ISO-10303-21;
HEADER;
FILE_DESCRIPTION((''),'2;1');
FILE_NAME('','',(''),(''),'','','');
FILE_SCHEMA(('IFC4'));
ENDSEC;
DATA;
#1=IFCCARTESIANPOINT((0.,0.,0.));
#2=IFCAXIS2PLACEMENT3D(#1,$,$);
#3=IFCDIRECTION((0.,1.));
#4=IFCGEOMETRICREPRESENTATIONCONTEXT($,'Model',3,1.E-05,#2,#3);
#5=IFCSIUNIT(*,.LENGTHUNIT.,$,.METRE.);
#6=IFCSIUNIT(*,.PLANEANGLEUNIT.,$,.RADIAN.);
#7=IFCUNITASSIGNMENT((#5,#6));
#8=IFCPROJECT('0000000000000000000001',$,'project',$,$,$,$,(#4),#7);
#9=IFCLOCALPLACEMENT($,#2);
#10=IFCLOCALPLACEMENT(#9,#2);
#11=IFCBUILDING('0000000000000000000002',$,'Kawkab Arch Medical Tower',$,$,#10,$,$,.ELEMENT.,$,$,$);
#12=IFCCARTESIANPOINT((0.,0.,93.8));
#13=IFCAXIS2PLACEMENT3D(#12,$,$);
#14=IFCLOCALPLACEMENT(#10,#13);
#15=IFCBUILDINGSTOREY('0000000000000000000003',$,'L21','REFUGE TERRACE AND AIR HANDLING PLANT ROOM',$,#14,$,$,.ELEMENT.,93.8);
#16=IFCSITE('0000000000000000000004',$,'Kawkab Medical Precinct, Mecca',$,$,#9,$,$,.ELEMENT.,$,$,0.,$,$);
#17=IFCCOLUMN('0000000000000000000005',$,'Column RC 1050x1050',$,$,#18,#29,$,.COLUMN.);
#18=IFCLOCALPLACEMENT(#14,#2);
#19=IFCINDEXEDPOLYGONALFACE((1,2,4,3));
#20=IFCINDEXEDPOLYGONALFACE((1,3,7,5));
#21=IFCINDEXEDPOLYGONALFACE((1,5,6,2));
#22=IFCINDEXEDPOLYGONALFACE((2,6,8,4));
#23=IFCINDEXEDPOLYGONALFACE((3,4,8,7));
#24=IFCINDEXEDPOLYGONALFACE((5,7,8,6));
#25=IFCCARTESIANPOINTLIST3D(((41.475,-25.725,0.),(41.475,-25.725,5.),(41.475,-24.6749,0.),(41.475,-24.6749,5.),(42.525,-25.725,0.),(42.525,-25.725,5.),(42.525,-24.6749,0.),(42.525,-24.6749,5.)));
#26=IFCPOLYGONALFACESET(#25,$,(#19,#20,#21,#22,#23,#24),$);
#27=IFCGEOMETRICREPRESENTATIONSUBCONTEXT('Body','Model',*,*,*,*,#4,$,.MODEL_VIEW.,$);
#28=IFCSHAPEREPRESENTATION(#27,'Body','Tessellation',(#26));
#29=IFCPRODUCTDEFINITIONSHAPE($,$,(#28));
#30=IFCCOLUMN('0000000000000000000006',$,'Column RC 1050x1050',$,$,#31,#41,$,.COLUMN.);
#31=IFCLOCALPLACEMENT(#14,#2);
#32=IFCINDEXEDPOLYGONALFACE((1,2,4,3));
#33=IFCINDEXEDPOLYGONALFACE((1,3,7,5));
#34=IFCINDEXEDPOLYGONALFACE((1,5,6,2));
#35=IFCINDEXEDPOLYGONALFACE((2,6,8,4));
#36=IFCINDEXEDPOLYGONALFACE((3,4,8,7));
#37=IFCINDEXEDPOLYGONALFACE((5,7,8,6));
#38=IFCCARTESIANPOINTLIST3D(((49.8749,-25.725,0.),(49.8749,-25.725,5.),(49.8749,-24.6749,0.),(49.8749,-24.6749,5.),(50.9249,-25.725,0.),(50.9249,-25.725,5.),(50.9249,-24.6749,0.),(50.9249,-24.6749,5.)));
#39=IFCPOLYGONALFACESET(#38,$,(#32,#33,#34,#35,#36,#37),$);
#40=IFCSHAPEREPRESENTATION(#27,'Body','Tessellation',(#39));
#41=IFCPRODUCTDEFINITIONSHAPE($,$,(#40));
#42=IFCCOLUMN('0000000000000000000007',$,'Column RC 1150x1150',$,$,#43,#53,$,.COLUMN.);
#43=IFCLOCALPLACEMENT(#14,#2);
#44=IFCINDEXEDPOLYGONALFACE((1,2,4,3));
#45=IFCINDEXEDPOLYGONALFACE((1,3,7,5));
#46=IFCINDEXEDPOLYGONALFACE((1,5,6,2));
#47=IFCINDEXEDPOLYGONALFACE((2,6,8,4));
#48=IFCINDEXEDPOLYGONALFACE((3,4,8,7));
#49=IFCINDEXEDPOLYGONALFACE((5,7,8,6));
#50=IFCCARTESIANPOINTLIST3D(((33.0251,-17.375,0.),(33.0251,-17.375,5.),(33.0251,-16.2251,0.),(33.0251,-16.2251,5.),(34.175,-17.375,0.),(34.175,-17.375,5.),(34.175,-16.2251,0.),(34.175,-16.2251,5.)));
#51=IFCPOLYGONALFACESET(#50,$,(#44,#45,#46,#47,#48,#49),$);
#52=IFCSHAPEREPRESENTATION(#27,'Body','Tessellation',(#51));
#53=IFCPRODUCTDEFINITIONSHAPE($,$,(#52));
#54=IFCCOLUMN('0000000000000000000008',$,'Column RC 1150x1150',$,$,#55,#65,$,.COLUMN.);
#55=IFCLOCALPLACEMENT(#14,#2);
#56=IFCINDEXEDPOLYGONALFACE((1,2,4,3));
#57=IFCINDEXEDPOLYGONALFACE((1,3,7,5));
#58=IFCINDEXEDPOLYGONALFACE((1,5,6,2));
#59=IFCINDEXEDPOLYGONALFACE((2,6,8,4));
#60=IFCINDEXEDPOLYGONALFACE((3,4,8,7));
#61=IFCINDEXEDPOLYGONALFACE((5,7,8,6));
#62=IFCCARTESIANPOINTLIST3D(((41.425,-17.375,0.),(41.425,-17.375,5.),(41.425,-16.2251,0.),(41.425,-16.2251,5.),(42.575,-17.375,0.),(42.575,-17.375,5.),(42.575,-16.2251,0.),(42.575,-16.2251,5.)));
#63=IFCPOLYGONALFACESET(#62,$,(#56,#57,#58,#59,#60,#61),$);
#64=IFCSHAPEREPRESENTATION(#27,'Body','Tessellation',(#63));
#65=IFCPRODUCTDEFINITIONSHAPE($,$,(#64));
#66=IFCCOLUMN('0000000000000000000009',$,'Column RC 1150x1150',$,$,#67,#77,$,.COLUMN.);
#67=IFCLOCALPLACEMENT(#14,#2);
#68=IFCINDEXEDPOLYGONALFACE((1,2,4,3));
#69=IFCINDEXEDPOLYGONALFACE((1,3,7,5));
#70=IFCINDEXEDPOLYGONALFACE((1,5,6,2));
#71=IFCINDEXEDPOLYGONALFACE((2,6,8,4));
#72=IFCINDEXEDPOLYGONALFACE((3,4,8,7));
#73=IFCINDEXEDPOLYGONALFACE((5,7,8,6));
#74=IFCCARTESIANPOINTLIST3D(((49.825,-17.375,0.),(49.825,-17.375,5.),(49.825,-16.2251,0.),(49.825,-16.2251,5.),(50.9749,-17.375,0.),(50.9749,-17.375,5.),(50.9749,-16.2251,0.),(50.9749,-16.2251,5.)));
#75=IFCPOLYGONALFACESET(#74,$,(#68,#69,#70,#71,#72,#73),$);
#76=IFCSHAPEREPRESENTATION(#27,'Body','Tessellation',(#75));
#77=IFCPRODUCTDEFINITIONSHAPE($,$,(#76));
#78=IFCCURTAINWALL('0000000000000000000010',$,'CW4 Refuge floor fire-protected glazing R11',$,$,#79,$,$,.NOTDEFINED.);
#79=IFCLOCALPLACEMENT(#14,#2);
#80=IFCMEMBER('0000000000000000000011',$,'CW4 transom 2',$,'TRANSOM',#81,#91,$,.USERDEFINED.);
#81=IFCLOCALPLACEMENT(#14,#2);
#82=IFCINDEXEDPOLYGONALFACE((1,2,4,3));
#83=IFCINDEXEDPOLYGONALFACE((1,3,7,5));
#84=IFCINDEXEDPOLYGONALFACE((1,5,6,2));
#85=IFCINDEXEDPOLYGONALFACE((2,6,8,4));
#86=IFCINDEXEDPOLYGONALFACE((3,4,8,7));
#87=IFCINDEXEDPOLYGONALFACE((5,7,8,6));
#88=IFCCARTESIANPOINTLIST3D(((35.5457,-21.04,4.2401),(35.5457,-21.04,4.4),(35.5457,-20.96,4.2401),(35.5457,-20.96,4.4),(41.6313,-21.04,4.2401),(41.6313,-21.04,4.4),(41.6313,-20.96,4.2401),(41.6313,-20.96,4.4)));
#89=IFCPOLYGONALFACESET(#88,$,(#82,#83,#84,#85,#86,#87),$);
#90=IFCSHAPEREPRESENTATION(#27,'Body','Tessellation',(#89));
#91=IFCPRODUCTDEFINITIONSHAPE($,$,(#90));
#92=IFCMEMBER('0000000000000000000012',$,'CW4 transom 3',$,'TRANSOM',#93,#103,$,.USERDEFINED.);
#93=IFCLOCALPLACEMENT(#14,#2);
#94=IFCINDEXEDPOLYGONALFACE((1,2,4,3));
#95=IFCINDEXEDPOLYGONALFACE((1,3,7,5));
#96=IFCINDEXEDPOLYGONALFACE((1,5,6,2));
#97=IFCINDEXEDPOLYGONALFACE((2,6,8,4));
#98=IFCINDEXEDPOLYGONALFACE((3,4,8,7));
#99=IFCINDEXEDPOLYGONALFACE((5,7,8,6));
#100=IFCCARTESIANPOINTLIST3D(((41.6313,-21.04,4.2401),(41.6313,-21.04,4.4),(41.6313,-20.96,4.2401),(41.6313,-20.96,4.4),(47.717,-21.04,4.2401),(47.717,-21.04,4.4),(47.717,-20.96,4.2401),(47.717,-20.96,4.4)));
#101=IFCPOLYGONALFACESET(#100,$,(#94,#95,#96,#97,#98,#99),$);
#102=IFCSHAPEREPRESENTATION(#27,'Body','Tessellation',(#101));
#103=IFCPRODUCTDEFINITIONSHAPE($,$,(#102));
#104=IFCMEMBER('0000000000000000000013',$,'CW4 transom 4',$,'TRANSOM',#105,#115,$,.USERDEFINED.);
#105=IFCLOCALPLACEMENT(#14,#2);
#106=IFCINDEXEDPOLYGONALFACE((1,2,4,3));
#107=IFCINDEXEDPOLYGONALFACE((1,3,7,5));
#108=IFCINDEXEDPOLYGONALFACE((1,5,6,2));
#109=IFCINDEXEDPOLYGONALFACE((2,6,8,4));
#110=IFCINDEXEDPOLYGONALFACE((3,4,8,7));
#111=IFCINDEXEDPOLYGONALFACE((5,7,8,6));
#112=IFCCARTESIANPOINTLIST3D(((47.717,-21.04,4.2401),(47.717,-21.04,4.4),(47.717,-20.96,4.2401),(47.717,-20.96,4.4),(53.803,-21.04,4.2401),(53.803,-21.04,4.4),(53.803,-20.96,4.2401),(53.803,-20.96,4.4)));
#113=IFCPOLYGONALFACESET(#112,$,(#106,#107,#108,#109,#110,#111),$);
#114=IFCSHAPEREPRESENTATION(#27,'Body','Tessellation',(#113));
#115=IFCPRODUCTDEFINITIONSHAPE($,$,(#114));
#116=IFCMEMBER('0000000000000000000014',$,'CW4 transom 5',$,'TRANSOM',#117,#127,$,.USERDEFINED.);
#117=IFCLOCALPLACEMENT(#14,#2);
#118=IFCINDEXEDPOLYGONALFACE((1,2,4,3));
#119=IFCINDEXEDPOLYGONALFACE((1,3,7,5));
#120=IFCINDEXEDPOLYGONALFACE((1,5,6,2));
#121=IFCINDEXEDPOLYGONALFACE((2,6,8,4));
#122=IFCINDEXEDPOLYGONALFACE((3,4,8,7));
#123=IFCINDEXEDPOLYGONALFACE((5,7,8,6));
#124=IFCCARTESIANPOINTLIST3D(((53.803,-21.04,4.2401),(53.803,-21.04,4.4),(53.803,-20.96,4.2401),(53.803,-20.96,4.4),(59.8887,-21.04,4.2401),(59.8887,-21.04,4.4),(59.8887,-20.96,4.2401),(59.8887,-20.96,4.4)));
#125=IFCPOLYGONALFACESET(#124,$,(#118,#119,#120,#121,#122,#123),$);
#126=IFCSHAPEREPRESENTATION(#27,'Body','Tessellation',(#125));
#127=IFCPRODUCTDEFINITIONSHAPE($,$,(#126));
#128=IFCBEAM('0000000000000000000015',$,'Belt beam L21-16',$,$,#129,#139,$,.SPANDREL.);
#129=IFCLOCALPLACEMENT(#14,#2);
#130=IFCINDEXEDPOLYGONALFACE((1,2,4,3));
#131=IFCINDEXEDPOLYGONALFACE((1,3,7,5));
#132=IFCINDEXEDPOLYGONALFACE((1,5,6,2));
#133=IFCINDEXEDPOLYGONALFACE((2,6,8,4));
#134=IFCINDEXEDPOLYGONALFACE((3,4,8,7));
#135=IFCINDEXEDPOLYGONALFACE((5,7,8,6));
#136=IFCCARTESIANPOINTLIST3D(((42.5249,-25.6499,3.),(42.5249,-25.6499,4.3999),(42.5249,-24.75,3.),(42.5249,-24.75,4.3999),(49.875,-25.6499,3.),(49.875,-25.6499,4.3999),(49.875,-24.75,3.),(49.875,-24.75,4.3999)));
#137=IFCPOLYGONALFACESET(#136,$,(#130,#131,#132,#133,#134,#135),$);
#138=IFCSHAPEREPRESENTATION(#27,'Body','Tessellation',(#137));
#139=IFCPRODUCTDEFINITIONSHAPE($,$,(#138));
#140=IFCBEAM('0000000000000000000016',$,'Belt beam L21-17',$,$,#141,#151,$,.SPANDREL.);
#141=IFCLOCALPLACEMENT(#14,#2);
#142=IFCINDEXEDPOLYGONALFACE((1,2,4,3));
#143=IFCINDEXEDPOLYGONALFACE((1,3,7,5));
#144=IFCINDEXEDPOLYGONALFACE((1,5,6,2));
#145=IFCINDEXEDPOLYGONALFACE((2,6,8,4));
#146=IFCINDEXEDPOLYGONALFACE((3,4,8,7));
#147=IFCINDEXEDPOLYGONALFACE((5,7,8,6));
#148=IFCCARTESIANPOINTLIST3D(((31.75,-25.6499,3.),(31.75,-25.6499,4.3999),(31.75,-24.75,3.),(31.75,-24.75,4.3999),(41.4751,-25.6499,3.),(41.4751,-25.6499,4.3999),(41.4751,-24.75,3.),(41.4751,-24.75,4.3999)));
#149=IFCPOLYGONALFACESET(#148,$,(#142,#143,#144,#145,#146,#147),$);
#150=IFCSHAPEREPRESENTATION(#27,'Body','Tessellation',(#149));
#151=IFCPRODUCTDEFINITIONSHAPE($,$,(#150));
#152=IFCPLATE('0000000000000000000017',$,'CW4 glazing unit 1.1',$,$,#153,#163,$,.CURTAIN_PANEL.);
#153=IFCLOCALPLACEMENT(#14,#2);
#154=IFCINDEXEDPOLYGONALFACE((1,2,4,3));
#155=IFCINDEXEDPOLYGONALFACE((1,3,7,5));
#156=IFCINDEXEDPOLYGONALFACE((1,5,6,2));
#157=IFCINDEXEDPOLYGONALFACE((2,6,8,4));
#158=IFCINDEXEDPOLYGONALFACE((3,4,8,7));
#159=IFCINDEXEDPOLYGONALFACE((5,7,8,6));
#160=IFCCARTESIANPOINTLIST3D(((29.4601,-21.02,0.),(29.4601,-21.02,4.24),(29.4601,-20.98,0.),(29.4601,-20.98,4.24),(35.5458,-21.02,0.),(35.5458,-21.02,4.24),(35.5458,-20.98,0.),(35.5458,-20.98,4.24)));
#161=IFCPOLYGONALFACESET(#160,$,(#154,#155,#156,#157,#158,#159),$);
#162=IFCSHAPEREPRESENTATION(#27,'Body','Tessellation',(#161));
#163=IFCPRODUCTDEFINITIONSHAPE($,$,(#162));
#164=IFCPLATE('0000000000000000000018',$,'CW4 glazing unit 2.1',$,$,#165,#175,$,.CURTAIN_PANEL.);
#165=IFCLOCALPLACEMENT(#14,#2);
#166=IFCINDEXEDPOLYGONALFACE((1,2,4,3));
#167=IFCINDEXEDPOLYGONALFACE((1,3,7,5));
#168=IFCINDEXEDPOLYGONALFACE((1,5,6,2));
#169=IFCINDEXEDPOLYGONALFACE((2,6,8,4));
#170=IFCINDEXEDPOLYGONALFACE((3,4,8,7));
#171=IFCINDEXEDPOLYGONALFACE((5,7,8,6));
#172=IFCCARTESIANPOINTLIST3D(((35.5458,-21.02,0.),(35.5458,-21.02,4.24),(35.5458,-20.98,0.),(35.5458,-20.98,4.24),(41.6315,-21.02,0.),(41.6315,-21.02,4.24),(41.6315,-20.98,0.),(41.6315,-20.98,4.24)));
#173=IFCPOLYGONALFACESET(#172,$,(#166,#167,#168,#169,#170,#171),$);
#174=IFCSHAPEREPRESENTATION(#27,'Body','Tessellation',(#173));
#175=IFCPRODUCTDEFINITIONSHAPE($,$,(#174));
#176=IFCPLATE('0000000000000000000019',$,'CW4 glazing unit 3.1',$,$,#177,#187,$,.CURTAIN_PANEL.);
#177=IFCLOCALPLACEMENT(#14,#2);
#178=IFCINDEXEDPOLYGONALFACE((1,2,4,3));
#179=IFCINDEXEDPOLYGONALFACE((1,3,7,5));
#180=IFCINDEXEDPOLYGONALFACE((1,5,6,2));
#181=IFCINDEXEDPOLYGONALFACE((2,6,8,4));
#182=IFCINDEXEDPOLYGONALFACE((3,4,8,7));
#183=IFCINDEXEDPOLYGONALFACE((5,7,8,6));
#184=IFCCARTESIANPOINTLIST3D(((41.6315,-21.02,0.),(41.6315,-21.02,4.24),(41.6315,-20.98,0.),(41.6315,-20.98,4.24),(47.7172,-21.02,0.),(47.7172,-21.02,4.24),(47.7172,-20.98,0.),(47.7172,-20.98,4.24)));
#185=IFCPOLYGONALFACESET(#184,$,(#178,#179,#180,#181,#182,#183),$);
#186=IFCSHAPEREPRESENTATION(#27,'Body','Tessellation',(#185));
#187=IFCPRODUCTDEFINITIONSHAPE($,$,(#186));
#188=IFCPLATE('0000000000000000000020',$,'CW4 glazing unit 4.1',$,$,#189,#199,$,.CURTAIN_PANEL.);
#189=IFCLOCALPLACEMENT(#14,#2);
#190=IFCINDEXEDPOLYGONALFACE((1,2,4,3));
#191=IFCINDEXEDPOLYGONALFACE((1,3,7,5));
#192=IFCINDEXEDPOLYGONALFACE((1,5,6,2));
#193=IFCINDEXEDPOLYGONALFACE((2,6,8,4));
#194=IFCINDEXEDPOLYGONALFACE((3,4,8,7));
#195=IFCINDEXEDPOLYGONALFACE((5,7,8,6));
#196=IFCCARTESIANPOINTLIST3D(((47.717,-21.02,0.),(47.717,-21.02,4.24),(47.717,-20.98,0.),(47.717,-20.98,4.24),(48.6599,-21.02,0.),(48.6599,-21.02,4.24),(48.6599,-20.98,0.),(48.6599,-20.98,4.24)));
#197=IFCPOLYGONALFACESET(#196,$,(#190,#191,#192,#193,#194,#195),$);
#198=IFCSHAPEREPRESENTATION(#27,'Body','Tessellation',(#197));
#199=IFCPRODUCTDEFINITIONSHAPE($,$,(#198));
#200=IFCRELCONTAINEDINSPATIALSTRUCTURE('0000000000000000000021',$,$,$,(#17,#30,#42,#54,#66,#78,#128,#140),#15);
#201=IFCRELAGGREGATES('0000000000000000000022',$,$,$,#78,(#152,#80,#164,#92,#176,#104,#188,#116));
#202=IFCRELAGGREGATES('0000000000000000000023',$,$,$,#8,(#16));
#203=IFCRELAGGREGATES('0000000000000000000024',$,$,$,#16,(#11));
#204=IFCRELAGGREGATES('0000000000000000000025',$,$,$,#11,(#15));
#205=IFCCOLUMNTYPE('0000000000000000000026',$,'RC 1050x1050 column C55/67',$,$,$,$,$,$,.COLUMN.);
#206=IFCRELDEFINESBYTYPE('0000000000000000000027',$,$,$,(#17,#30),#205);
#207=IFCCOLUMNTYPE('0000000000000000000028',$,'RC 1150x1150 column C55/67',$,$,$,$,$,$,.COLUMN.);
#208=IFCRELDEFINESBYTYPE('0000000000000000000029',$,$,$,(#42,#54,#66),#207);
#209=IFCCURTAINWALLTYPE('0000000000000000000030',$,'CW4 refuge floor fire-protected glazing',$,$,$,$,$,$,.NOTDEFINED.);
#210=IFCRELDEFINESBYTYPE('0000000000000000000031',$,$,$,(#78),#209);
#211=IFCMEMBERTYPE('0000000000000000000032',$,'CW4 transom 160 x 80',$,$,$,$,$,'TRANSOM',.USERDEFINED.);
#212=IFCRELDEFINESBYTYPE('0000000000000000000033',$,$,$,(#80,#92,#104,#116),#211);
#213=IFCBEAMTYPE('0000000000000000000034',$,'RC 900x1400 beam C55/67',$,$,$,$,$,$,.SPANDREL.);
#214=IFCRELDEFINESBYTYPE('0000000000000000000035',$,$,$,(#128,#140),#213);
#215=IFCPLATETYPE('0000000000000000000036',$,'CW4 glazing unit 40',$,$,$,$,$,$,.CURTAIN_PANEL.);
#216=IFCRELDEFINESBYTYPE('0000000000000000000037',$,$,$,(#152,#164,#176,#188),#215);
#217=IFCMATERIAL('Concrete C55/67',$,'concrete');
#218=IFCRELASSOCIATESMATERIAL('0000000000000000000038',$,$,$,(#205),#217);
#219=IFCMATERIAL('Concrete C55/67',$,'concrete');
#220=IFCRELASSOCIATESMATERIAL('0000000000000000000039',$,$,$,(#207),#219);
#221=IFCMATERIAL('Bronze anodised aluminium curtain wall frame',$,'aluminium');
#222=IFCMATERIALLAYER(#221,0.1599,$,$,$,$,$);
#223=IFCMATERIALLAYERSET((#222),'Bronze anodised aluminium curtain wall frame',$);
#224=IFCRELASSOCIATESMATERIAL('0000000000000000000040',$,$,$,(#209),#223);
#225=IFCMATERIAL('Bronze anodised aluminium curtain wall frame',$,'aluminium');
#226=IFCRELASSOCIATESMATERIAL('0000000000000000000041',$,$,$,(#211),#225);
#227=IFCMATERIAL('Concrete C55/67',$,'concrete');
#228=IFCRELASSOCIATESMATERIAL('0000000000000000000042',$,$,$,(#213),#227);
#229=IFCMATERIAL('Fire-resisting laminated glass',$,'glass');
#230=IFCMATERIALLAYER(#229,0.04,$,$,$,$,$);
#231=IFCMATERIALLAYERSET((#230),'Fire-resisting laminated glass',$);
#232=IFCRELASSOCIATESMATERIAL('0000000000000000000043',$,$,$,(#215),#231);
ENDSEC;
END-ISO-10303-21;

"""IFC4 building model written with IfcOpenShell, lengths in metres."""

from ifc_helpers import new_model, si_unit, direction, frame, origin, origin_2d, place, context, subcontext, project, spatial, rectangle, extrude, material, layer, layer_set, material_profile, profile_set, type_object, element, aggregate, save


model = new_model("IFC4")

# Units and contexts
model_context = context("Model", 3, precision=1e-05, world=origin(), true_north=direction((0.0, 1.0)))
body_context = subcontext(model_context, "Body", "Model", "MODEL_VIEW")
ifc_project = project(units=[si_unit("LENGTHUNIT", "METRE"), si_unit("PLANEANGLEUNIT", "RADIAN")], contexts=[model_context])

# Site, building, storey
site_placement = place(None, origin())
site = spatial("IfcSite", under=ifc_project, at=site_placement, Name="Kawkab Medical Precinct, Mecca", CompositionType="ELEMENT", RefElevation=0.0)
building_placement = place(site_placement, origin())
building = spatial("IfcBuilding", under=site, at=building_placement, Name="Kawkab Arch Medical Tower", CompositionType="ELEMENT")
storey_placement = place(building_placement, frame((0.0, 0.0, 93.8)))
storey = spatial("IfcBuildingStorey", under=building, at=storey_placement, Name="L21", Description="REFUGE TERRACE AND AIR HANDLING PLANT ROOM", CompositionType="ELEMENT", Elevation=93.8)

# Columns
ifc_material_1 = material(Name="Concrete C55/67", Category="concrete")
ifc_material_profile_1 = material_profile(ifc_material_1, rectangle(XDim=1.05, YDim=1.05, at=origin_2d()), Name="RC 1050x1050")
ifc_profile_set_1 = profile_set([ifc_material_profile_1], Name="Concrete C55/67")
column_type_1 = type_object("IfcColumnType", Name="RC 1050x1050 column C55/67", PredefinedType="COLUMN", material=ifc_profile_set_1)
for number, where, z_axis, x_axis, name in (
    (1, (42.0, -25.2, 0.0), (0.0, 0.0, 1.0), (1.0, 0.0, 0.0), "Column RC 1050x1050"),
    (2, (50.3999, -25.2, 0.0), (0.0, 0.0, 1.0), (1.0, 0.0, 0.0), "Column RC 1050x1050"),
):
    element("IfcColumn", number, at=place(storey_placement, frame(where, z_axis=z_axis, x_axis=x_axis)), inside=storey, type_object=column_type_1, Name=name, PredefinedType="COLUMN", context=body_context, shape_type="SweptSolid", body=[
        extrude(rectangle(XDim=1.05, YDim=1.05, at=origin_2d()), origin(), (0.0, 0.0, 1.0), 5.0),
    ])
ifc_material_2 = material(Name="Concrete C55/67", Category="concrete")
ifc_material_profile_2 = material_profile(ifc_material_2, rectangle(XDim=1.1499, YDim=1.1499, at=origin_2d()), Name="RC 1150x1150")
ifc_profile_set_2 = profile_set([ifc_material_profile_2], Name="Concrete C55/67")
column_type_2 = type_object("IfcColumnType", Name="RC 1150x1150 column C55/67", PredefinedType="COLUMN", material=ifc_profile_set_2)
for number, where, z_axis, x_axis, name in (
    (3, (33.6001, -16.8, 0.0), (0.0, 0.0, 1.0), (1.0, 0.0, 0.0), "Column RC 1150x1150"),
    (4, (42.0, -16.8, 0.0), (0.0, 0.0, 1.0), (1.0, 0.0, 0.0), "Column RC 1150x1150"),
    (5, (50.3999, -16.8, 0.0), (0.0, 0.0, 1.0), (1.0, 0.0, 0.0), "Column RC 1150x1150"),
):
    element("IfcColumn", number, at=place(storey_placement, frame(where, z_axis=z_axis, x_axis=x_axis)), inside=storey, type_object=column_type_2, Name=name, PredefinedType="COLUMN", context=body_context, shape_type="SweptSolid", body=[
        extrude(rectangle(XDim=1.1499, YDim=1.1499, at=origin_2d()), origin(), (0.0, 0.0, 1.0), 5.0),
    ])

# Curtain wall, members
ifc_material_3 = material(Name="Bronze anodised aluminium curtain wall frame", Category="aluminium")
ifc_layer_1 = layer(ifc_material_3, 0.1599)
ifc_layer_set_1 = layer_set([ifc_layer_1], Name="Bronze anodised aluminium curtain wall frame")
curtain_wall_type = type_object("IfcCurtainWallType", Name="CW4 refuge floor fire-protected glazing", PredefinedType="NOTDEFINED", material=ifc_layer_set_1)
curtain_wall_placement = place(storey_placement, origin())
curtain_wall = element("IfcCurtainWall", 6, at=curtain_wall_placement, inside=storey, type_object=curtain_wall_type, Name="CW4 Refuge floor fire-protected glazing R11", PredefinedType="NOTDEFINED")
ifc_material_4 = material(Name="Bronze anodised aluminium curtain wall frame", Category="aluminium")
ifc_material_profile_3 = material_profile(ifc_material_4, rectangle(XDim=0.0801, YDim=0.1599, at=origin_2d()), Name="AL 80x160")
ifc_profile_set_3 = profile_set([ifc_material_profile_3], Name="Bronze anodised aluminium curtain wall frame")
member_type = type_object("IfcMemberType", Name="CW4 transom 160 x 80", ElementType="TRANSOM", PredefinedType="USERDEFINED", material=ifc_profile_set_3)
member_1_placement = place(storey_placement, frame((35.5457, -21.0, 4.3201), z_axis=(1.0, 0.0, 0.0), x_axis=(0.0, 1.0, 0.0)))
member_1 = element("IfcMember", 7, at=member_1_placement, type_object=member_type, Name="CW4 transom 2", ObjectType="TRANSOM", PredefinedType="USERDEFINED", context=body_context, shape_type="SweptSolid", body=[
    extrude(rectangle(XDim=0.0801, YDim=0.1599, at=origin_2d()), origin(), (0.0, 0.0, 1.0), 6.0857),
])
member_2_placement = place(storey_placement, frame((41.6313, -21.0, 4.3201), z_axis=(1.0, 0.0, 0.0), x_axis=(0.0, 1.0, 0.0)))
member_2 = element("IfcMember", 8, at=member_2_placement, type_object=member_type, Name="CW4 transom 3", ObjectType="TRANSOM", PredefinedType="USERDEFINED", context=body_context, shape_type="SweptSolid", body=[
    extrude(rectangle(XDim=0.0801, YDim=0.1599, at=origin_2d()), origin(), (0.0, 0.0, 1.0), 6.0857),
])
member_3_placement = place(storey_placement, frame((47.717, -21.0, 4.3201), z_axis=(1.0, 0.0, 0.0), x_axis=(0.0, 1.0, 0.0)))
member_3 = element("IfcMember", 9, at=member_3_placement, type_object=member_type, Name="CW4 transom 4", ObjectType="TRANSOM", PredefinedType="USERDEFINED", context=body_context, shape_type="SweptSolid", body=[
    extrude(rectangle(XDim=0.0801, YDim=0.1599, at=origin_2d()), origin(), (0.0, 0.0, 1.0), 6.0859),
])
member_4_placement = place(storey_placement, frame((53.803, -21.0, 4.3201), z_axis=(1.0, 0.0, 0.0), x_axis=(0.0, 1.0, 0.0)))
member_4 = element("IfcMember", 10, at=member_4_placement, type_object=member_type, Name="CW4 transom 5", ObjectType="TRANSOM", PredefinedType="USERDEFINED", context=body_context, shape_type="SweptSolid", body=[
    extrude(rectangle(XDim=0.0801, YDim=0.1599, at=origin_2d()), origin(), (0.0, 0.0, 1.0), 6.0857),
])

# Beams
ifc_material_5 = material(Name="Concrete C55/67", Category="concrete")
ifc_material_profile_4 = material_profile(ifc_material_5, rectangle(XDim=0.8999, YDim=1.3999, at=origin_2d()), Name="RC 900x1400")
ifc_profile_set_4 = profile_set([ifc_material_profile_4], Name="Concrete C55/67")
beam_type = type_object("IfcBeamType", Name="RC 900x1400 beam C55/67", PredefinedType="SPANDREL", material=ifc_profile_set_4)
beam_1_placement = place(storey_placement, frame((49.875, -25.2, 3.7), z_axis=(-1.0, 0.0, 0.0), x_axis=(0.0, -1.0, 0.0)))
element("IfcBeam", 11, at=beam_1_placement, inside=storey, type_object=beam_type, Name="Belt beam L21-16", PredefinedType="SPANDREL", context=body_context, shape_type="SweptSolid", body=[
    extrude(rectangle(XDim=0.8999, YDim=1.3999, at=origin_2d()), origin(), (0.0, 0.0, 1.0), 7.3501),
])
beam_2_placement = place(storey_placement, frame((41.4751, -25.2, 3.7), z_axis=(-1.0, 0.0, 0.0), x_axis=(0.0, -1.0, 0.0)))
element("IfcBeam", 12, at=beam_2_placement, inside=storey, type_object=beam_type, Name="Belt beam L21-17", PredefinedType="SPANDREL", context=body_context, shape_type="SweptSolid", body=[
    extrude(rectangle(XDim=0.8999, YDim=1.3999, at=origin_2d()), origin(), (0.0, 0.0, 1.0), 9.7251),
])

# Plates
ifc_material_6 = material(Name="Fire-resisting laminated glass", Category="glass")
ifc_layer_2 = layer(ifc_material_6, 0.04)
ifc_layer_set_2 = layer_set([ifc_layer_2], Name="Fire-resisting laminated glass")
plate_type = type_object("IfcPlateType", Name="CW4 glazing unit 40", PredefinedType="CURTAIN_PANEL", material=ifc_layer_set_2)
plate_1_placement = place(storey_placement, frame((32.5029, -21.0, 0.0), z_axis=(0.0, 0.0, 1.0), x_axis=(1.0, 0.0, 0.0)))
plate_1 = element("IfcPlate", 13, at=plate_1_placement, type_object=plate_type, Name="CW4 glazing unit 1.1", PredefinedType="CURTAIN_PANEL", context=body_context, shape_type="SweptSolid", body=[
    extrude(rectangle(XDim=6.0857, YDim=0.04, at=origin_2d()), origin(), (0.0, 0.0, 1.0), 4.24),
])
plate_2_placement = place(storey_placement, frame((38.5886, -21.0, 0.0), z_axis=(0.0, 0.0, 1.0), x_axis=(1.0, 0.0, 0.0)))
plate_2 = element("IfcPlate", 14, at=plate_2_placement, type_object=plate_type, Name="CW4 glazing unit 2.1", PredefinedType="CURTAIN_PANEL", context=body_context, shape_type="SweptSolid", body=[
    extrude(rectangle(XDim=6.0857, YDim=0.04, at=origin_2d()), origin(), (0.0, 0.0, 1.0), 4.24),
])
plate_3_placement = place(storey_placement, frame((44.6743, -21.0, 0.0), z_axis=(0.0, 0.0, 1.0), x_axis=(1.0, 0.0, 0.0)))
plate_3 = element("IfcPlate", 15, at=plate_3_placement, type_object=plate_type, Name="CW4 glazing unit 3.1", PredefinedType="CURTAIN_PANEL", context=body_context, shape_type="SweptSolid", body=[
    extrude(rectangle(XDim=6.0857, YDim=0.04, at=origin_2d()), origin(), (0.0, 0.0, 1.0), 4.24),
])
plate_4_placement = place(storey_placement, frame((48.1885, -21.0, 0.0), z_axis=(0.0, 0.0, 1.0), x_axis=(1.0, 0.0, 0.0)))
plate_4 = element("IfcPlate", 16, at=plate_4_placement, type_object=plate_type, Name="CW4 glazing unit 4.1", PredefinedType="CURTAIN_PANEL", context=body_context, shape_type="SweptSolid", body=[
    extrude(rectangle(XDim=0.9429, YDim=0.04, at=origin_2d()), origin(), (0.0, 0.0, 1.0), 4.24),
])
aggregate(curtain_wall, [plate_1, member_1, plate_2, member_2, plate_3, member_3, plate_4, member_4])

save(model, "model.ifc")
